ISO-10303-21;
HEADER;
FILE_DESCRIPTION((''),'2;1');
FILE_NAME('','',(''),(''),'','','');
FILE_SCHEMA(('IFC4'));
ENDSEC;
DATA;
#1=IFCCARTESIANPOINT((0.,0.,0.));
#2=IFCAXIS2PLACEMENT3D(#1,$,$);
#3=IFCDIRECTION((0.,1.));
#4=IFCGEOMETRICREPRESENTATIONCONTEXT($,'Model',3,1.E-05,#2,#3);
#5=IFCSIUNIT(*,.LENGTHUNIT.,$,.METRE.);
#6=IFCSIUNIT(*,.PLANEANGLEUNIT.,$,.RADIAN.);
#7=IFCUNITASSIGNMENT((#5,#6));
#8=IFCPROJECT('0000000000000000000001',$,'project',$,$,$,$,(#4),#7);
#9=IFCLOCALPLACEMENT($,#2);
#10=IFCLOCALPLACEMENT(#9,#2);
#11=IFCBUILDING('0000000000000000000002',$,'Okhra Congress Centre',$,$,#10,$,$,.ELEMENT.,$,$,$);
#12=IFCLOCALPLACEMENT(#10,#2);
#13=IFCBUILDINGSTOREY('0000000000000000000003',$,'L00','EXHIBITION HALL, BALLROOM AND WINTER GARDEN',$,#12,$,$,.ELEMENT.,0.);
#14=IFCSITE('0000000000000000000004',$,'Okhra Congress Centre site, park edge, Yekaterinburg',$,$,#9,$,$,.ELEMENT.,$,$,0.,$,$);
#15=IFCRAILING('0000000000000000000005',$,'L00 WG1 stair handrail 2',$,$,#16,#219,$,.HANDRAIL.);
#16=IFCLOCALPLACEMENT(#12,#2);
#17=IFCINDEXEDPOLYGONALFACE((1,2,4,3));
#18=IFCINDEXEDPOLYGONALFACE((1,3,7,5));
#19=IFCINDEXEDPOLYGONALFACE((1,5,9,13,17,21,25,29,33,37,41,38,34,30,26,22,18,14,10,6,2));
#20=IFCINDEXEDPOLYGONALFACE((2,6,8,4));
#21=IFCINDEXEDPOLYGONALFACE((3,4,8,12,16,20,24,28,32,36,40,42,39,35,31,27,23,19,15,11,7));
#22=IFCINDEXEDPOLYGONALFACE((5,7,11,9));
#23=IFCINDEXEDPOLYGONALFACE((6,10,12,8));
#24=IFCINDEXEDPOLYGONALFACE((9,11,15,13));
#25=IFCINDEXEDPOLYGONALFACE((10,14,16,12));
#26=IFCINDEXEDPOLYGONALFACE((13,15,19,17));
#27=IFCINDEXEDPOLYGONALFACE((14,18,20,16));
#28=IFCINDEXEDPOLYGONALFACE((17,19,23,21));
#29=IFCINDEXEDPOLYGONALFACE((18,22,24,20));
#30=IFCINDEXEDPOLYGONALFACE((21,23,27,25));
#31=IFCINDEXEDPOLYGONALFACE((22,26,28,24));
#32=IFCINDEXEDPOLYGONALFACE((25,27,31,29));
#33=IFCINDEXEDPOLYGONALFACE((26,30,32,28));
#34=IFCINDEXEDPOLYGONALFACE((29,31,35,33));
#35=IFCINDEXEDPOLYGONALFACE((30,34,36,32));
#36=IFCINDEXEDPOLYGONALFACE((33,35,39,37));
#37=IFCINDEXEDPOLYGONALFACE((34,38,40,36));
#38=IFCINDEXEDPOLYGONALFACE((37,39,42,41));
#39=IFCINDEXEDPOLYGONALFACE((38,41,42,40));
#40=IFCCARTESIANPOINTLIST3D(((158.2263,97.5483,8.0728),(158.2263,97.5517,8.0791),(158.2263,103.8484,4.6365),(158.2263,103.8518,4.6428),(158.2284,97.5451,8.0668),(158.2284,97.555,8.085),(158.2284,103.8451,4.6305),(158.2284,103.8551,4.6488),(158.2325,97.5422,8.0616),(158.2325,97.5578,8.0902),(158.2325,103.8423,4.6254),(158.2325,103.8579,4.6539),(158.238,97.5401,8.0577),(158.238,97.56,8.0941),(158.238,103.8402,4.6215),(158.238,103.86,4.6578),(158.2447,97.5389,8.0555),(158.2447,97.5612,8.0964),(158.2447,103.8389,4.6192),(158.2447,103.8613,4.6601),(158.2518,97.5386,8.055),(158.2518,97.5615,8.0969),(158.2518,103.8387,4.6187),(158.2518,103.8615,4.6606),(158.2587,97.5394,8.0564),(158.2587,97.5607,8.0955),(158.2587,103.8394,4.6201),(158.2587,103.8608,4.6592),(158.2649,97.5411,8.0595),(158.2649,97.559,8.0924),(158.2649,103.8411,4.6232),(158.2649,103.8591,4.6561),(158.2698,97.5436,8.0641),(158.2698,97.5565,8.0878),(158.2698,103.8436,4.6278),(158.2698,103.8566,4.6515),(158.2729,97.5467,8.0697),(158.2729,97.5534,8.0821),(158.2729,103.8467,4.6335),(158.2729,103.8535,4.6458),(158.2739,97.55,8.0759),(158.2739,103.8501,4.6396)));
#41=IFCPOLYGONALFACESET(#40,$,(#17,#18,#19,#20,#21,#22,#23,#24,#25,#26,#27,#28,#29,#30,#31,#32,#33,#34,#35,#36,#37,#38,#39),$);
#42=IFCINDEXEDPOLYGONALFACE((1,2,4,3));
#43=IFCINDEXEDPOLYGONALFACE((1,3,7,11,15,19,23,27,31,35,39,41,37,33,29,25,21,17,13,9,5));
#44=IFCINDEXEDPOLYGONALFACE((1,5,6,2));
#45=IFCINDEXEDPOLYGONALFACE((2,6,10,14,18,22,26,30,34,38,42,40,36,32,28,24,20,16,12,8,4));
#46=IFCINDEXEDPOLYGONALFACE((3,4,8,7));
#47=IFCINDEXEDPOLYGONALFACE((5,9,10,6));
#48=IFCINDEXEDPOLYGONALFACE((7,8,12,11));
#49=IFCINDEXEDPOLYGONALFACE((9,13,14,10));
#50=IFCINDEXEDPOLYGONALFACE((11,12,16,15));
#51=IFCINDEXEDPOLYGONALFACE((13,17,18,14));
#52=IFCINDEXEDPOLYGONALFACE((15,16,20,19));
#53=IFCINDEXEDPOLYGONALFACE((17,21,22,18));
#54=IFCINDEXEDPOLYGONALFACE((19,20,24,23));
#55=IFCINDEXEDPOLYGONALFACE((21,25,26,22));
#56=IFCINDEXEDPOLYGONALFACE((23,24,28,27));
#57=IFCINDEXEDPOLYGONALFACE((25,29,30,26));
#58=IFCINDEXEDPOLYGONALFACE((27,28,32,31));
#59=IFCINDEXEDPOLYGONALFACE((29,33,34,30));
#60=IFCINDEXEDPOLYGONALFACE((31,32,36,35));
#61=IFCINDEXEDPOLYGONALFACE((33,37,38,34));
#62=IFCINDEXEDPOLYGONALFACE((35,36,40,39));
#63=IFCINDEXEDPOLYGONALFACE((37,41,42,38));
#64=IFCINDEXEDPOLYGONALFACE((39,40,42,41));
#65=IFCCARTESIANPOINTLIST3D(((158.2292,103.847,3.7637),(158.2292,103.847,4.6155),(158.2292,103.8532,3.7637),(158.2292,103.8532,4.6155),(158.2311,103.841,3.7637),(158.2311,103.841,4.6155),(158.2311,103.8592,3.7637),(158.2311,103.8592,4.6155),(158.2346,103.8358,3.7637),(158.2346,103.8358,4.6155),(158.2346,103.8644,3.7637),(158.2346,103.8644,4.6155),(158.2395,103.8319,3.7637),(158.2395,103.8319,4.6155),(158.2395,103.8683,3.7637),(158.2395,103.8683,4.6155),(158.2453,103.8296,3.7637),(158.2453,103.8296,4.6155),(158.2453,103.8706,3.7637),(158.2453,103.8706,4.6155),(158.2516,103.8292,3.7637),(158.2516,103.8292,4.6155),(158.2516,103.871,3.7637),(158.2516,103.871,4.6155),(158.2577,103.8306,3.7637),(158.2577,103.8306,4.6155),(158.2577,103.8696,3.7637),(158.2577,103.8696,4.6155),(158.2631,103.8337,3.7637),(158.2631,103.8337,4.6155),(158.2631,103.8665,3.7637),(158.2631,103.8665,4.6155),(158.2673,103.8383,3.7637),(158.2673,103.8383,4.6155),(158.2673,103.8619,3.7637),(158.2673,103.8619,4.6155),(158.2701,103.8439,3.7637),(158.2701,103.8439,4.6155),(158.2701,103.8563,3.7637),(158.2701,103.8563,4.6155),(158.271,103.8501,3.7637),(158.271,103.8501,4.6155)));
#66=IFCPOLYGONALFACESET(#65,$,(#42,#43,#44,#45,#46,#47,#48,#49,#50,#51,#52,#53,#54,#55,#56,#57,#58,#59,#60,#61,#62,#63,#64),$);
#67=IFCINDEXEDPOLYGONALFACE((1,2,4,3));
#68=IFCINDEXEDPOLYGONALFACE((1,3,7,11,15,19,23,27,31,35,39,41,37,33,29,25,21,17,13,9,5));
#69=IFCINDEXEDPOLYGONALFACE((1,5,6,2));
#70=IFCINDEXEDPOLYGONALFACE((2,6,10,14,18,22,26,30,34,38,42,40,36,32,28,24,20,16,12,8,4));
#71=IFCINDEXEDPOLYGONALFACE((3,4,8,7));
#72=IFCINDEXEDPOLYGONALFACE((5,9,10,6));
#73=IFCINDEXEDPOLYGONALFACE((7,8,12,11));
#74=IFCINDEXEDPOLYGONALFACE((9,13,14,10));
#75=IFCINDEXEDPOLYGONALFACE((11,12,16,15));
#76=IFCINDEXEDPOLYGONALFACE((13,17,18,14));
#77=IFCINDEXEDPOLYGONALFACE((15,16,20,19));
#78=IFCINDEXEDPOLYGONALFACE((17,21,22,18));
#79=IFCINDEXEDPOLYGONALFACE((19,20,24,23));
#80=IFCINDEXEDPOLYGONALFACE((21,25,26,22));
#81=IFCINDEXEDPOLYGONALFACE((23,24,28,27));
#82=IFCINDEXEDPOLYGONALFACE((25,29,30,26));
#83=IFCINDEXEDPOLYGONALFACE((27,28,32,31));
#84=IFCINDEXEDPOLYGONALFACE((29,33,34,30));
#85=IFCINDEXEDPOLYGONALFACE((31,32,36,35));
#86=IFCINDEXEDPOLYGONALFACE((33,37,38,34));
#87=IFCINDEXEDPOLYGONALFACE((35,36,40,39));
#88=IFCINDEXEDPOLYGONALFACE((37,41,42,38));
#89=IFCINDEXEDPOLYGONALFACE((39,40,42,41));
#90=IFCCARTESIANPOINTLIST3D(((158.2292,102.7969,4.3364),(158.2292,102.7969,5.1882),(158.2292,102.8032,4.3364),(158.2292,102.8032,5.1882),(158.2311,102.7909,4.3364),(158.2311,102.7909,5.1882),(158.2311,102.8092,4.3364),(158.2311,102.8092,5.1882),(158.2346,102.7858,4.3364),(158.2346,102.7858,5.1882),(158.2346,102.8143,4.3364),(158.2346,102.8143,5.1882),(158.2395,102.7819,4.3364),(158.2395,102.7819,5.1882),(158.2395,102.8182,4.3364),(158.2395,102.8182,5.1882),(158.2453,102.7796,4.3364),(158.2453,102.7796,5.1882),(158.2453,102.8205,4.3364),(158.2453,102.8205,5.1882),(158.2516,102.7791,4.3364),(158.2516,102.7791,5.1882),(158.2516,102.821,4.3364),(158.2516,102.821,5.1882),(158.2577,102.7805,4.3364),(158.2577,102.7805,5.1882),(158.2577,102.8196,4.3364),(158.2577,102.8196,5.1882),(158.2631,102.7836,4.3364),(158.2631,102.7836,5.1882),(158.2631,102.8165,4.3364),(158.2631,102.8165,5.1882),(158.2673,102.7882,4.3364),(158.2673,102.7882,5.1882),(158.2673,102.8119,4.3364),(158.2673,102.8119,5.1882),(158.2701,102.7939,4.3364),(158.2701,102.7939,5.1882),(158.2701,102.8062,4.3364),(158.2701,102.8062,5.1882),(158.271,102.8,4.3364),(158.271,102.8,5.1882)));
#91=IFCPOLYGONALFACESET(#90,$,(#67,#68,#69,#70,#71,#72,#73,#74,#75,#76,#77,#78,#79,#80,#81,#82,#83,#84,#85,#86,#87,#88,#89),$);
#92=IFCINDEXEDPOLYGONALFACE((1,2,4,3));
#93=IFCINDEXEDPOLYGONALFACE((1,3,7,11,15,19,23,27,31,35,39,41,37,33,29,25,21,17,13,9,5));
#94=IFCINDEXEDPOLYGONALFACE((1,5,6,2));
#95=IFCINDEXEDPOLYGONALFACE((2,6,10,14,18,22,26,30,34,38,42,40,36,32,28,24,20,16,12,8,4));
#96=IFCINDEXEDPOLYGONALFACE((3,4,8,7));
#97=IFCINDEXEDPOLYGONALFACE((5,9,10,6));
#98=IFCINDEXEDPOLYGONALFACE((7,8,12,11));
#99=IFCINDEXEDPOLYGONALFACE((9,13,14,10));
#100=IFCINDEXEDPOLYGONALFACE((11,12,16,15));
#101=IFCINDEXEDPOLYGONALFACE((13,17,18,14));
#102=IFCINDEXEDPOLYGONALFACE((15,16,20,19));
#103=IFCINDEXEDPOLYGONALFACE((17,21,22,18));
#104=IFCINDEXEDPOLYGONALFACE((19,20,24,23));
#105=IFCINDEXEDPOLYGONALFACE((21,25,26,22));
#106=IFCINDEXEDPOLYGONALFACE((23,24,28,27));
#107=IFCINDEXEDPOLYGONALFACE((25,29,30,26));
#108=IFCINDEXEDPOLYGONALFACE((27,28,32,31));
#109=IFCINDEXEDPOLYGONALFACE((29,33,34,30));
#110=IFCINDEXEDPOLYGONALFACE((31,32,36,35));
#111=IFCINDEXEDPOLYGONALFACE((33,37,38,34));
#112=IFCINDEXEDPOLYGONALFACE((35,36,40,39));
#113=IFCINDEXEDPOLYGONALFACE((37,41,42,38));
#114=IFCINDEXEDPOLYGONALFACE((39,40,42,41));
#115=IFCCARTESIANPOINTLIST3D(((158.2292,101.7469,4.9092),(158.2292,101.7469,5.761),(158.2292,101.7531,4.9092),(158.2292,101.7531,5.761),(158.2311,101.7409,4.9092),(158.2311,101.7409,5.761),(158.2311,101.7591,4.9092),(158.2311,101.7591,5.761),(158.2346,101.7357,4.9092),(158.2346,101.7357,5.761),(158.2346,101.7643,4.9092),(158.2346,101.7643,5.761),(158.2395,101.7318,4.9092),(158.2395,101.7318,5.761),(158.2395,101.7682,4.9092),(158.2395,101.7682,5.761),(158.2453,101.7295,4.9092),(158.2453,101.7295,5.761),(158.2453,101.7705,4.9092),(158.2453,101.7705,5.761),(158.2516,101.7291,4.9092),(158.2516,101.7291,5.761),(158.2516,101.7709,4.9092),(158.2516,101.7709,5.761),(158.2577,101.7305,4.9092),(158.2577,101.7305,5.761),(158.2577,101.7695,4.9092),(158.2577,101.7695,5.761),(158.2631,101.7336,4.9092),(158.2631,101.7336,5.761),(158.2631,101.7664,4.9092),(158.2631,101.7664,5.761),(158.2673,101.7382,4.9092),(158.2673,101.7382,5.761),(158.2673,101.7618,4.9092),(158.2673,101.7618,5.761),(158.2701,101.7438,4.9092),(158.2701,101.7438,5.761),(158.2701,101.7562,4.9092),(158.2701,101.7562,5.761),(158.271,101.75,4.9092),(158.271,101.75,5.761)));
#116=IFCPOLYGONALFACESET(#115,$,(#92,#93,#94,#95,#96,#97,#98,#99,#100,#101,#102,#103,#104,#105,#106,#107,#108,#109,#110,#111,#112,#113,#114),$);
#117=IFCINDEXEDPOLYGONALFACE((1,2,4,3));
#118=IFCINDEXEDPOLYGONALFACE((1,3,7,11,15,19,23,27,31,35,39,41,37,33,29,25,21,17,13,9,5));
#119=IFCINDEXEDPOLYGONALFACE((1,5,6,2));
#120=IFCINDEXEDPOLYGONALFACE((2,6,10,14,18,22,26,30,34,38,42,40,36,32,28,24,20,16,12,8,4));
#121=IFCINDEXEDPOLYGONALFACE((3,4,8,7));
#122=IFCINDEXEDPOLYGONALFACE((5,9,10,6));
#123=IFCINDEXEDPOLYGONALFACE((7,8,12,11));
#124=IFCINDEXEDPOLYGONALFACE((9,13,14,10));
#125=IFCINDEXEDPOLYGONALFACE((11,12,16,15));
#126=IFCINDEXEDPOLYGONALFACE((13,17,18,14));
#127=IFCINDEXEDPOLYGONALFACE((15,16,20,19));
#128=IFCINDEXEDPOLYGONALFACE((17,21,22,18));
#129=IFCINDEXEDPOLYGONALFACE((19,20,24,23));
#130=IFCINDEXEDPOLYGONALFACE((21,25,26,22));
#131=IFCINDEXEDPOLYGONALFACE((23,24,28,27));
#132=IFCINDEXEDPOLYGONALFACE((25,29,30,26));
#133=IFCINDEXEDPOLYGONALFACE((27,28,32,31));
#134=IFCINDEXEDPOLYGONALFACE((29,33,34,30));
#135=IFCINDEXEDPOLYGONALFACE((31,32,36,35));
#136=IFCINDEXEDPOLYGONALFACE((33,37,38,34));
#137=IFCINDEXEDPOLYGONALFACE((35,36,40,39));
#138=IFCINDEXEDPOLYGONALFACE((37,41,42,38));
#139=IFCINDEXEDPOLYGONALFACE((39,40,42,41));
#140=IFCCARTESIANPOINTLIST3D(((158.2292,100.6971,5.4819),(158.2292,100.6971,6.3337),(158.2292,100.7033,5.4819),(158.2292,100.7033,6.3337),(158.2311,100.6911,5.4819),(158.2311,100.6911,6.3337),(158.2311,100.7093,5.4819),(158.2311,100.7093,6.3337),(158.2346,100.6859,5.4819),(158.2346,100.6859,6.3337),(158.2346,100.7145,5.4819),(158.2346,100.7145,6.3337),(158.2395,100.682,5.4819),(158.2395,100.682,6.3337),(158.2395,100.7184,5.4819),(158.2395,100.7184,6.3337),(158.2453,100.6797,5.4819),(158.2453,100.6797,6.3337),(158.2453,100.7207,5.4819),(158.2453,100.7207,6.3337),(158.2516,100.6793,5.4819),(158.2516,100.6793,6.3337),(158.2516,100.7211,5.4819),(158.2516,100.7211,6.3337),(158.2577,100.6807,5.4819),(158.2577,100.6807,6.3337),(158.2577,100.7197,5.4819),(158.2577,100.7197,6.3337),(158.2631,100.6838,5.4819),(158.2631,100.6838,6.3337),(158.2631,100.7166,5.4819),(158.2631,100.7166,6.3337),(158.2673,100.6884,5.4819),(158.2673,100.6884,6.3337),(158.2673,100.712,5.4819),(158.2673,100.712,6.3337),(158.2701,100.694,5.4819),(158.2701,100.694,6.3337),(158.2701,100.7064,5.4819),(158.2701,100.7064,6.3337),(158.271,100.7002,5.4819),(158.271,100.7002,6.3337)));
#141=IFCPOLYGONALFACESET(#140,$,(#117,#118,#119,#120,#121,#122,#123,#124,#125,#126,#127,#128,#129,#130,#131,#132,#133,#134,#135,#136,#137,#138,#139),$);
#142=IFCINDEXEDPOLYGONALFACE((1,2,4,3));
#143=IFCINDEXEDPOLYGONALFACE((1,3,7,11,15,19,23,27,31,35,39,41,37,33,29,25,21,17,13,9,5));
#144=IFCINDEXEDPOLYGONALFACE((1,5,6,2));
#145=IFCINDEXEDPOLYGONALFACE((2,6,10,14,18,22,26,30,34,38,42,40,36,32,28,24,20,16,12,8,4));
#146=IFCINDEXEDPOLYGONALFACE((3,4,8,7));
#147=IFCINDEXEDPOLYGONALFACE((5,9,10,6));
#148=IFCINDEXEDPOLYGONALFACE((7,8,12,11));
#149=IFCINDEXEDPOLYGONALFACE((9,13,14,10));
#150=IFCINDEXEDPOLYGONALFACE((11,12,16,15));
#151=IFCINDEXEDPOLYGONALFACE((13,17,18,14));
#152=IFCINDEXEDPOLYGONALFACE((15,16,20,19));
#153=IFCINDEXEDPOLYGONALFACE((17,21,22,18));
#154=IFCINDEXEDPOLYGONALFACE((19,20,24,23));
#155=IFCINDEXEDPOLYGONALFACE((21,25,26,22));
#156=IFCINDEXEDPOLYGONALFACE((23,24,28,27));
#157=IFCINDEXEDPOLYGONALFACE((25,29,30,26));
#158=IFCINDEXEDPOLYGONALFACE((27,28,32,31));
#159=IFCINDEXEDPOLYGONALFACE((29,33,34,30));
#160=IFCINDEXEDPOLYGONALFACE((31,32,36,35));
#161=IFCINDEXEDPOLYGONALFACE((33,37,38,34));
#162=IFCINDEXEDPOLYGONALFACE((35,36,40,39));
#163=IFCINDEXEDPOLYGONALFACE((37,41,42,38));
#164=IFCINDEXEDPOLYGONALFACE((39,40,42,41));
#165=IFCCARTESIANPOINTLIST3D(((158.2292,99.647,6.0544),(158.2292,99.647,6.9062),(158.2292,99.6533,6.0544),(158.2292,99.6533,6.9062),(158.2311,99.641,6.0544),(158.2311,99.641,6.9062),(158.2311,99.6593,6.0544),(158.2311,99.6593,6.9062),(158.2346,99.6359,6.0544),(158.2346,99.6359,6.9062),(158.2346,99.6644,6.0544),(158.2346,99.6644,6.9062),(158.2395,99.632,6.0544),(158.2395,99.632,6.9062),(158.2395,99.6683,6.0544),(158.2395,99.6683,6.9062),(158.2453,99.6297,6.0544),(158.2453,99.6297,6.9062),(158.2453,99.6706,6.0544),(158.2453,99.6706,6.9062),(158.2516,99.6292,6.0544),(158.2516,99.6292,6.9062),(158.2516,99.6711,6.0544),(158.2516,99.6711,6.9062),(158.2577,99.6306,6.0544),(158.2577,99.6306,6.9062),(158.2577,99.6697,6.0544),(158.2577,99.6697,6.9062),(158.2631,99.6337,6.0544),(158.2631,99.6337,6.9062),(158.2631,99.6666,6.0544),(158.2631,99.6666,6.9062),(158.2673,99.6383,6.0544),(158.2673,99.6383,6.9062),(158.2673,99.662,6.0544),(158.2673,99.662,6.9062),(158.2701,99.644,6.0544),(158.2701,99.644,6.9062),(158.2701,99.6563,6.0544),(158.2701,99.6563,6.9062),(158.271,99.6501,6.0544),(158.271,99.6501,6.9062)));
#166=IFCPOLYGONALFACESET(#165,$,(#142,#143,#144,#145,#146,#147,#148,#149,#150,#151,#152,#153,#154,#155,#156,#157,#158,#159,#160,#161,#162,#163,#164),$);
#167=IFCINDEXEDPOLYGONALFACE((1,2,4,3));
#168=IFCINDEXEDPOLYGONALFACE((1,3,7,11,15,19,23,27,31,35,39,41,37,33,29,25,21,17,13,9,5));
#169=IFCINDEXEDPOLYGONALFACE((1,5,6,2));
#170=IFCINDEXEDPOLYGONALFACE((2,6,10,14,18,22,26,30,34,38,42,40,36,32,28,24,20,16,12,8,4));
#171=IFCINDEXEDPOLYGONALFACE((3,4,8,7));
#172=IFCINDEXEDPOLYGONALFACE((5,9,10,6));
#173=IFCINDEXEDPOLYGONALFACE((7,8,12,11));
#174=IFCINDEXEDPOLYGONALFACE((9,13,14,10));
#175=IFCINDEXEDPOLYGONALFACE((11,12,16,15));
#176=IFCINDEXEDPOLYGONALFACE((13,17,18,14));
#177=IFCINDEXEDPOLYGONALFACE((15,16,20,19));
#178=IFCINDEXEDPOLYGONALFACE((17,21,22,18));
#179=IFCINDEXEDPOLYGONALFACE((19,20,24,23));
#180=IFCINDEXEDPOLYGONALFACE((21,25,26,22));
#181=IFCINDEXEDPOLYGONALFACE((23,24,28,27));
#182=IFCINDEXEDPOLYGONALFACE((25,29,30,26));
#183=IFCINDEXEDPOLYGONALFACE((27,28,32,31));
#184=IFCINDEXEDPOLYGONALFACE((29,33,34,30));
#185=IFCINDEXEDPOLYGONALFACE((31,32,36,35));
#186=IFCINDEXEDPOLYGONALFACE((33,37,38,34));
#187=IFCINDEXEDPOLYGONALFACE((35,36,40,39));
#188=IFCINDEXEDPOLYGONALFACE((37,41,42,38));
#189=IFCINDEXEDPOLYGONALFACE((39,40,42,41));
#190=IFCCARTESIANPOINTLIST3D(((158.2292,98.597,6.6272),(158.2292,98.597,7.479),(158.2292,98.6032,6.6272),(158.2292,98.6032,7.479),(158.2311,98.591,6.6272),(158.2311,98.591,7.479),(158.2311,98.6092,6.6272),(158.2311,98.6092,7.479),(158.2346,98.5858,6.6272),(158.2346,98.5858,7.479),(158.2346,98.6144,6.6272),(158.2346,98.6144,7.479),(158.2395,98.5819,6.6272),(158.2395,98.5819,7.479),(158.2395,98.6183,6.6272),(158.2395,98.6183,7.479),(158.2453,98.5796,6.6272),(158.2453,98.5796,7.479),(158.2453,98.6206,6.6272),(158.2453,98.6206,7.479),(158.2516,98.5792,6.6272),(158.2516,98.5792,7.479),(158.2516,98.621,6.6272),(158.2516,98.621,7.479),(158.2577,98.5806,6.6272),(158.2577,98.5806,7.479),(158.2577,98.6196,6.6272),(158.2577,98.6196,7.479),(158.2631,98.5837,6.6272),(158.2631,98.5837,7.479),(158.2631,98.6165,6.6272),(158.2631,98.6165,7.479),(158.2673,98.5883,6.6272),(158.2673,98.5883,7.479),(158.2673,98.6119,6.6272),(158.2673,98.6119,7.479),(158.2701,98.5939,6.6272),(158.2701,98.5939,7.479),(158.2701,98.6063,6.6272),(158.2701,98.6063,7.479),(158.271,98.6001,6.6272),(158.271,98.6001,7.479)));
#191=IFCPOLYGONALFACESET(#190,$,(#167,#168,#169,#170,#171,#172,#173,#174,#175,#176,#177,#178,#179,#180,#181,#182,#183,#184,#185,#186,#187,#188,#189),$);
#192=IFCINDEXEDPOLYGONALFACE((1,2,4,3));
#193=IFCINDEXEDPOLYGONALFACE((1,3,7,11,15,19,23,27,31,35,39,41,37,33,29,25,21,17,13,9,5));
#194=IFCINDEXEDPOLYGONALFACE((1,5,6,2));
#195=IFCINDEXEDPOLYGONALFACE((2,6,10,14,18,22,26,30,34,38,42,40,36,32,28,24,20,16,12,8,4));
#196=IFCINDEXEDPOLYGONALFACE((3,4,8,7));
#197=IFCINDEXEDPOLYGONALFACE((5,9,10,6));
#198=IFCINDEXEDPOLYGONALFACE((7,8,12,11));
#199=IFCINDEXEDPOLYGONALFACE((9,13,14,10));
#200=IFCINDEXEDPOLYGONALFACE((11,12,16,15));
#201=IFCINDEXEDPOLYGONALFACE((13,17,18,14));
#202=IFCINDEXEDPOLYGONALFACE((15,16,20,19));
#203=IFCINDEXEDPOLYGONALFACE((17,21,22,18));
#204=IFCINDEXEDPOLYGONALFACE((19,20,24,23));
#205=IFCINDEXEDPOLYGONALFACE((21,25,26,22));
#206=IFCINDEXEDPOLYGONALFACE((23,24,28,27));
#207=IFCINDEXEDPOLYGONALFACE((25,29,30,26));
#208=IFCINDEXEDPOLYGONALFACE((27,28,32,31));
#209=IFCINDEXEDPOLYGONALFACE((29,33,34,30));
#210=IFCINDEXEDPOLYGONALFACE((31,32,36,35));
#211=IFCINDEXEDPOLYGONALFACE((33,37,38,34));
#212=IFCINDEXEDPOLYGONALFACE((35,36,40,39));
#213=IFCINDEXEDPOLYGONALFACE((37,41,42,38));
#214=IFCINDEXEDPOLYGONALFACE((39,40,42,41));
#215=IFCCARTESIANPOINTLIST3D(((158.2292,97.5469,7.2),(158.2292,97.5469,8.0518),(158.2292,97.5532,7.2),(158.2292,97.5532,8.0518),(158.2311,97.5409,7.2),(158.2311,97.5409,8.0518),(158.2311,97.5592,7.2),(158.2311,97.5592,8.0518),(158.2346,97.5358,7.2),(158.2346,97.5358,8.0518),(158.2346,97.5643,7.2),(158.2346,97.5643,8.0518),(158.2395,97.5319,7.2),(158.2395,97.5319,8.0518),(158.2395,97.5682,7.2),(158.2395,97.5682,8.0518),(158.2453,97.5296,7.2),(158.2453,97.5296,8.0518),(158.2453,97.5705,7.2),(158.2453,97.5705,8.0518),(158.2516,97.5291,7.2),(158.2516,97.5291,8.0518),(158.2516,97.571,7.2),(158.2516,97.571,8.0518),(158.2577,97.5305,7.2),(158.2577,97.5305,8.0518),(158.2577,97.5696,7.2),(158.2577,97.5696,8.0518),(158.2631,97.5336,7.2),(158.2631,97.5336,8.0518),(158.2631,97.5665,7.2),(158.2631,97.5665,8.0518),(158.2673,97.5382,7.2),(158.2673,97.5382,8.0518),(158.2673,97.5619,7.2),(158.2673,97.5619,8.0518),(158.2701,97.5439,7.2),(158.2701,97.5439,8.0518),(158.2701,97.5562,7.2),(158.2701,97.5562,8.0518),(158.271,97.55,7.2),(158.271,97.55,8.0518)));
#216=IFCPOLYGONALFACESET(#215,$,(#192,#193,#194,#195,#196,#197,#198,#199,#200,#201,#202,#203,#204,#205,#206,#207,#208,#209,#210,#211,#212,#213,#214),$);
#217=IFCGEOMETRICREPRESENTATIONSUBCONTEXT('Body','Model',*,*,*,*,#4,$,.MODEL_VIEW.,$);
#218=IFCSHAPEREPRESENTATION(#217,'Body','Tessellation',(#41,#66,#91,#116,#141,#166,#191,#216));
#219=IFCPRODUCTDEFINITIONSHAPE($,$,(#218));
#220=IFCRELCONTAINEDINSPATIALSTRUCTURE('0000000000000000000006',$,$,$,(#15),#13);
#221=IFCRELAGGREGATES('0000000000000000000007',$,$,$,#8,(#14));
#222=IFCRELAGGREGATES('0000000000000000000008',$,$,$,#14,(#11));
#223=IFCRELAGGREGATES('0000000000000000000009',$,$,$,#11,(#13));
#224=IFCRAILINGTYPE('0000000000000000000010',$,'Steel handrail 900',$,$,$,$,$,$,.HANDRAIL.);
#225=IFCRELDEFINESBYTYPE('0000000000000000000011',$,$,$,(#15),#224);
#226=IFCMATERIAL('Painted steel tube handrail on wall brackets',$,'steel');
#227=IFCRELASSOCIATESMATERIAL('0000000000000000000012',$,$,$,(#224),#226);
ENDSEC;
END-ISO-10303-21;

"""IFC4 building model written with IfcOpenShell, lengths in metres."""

from ifc_helpers import new_model, si_unit, direction, frame, origin, origin_2d, place, context, subcontext, project, spatial, circle, extrude, material, type_object, element, save


model = new_model("IFC4")

# Units and contexts
model_context = context("Model", 3, precision=1e-05, world=origin(), true_north=direction((0.0, 1.0)))
body_context = subcontext(model_context, "Body", "Model", "MODEL_VIEW")
ifc_project = project(units=[si_unit("LENGTHUNIT", "METRE"), si_unit("PLANEANGLEUNIT", "RADIAN")], contexts=[model_context])

# Site, building, storey
site_placement = place(None, origin())
site = spatial("IfcSite", under=ifc_project, at=site_placement, Name="Okhra Congress Centre site, park edge, Yekaterinburg", CompositionType="ELEMENT", RefElevation=0.0)
building_placement = place(site_placement, origin())
building = spatial("IfcBuilding", under=site, at=building_placement, Name="Okhra Congress Centre", CompositionType="ELEMENT")
storey_placement = place(building_placement, origin())
storey = spatial("IfcBuildingStorey", under=building, at=storey_placement, Name="L00", Description="EXHIBITION HALL, BALLROOM AND WINTER GARDEN", CompositionType="ELEMENT", Elevation=0.0)

# Railing
ifc_material_1 = material(Name="Painted steel tube handrail on wall brackets", Category="steel")
railing_type_1 = type_object("IfcRailingType", Name="Steel handrail 900", PredefinedType="HANDRAIL", material=ifc_material_1)
railing_1_placement = place(storey_placement, frame((158.25, 103.8501, 3.7637)))
element("IfcRailing", 1, at=railing_1_placement, inside=storey, type_object=railing_type_1, Name="L00 WG1 stair handrail 2", PredefinedType="HANDRAIL", context=body_context, shape_type="SweptSolid", body=[
    extrude(circle(Radius=0.0239, at=origin_2d()), frame((0.0, 0.0, 0.876), z_axis=(0.0, -0.877902, 0.47884), x_axis=(1.0, 0.0, 0.0)), (0.0, 0.0, 1.0), 7.1763),
    extrude(circle(Radius=0.021, at=origin_2d()), origin(), (0.0, 0.0, 1.0), 0.8518),
    extrude(circle(Radius=0.021, at=origin_2d()), frame((0.0, -1.05, 0.5728)), (0.0, 0.0, 1.0), 0.8518),
    extrude(circle(Radius=0.021, at=origin_2d()), frame((0.0, -2.1001, 1.1455)), (0.0, 0.0, 1.0), 0.8518),
    extrude(circle(Radius=0.021, at=origin_2d()), frame((0.0, -3.1499, 1.7183)), (0.0, 0.0, 1.0), 0.8518),
    extrude(circle(Radius=0.021, at=origin_2d()), frame((0.0, -4.2, 2.2908)), (0.0, 0.0, 1.0), 0.8518),
    extrude(circle(Radius=0.021, at=origin_2d()), frame((0.0, -5.25, 2.8635)), (0.0, 0.0, 1.0), 0.8518),
    extrude(circle(Radius=0.021, at=origin_2d()), frame((0.0, -6.3, 3.4363)), (0.0, 0.0, 1.0), 0.8518),
])

save(model, "model.ifc")
